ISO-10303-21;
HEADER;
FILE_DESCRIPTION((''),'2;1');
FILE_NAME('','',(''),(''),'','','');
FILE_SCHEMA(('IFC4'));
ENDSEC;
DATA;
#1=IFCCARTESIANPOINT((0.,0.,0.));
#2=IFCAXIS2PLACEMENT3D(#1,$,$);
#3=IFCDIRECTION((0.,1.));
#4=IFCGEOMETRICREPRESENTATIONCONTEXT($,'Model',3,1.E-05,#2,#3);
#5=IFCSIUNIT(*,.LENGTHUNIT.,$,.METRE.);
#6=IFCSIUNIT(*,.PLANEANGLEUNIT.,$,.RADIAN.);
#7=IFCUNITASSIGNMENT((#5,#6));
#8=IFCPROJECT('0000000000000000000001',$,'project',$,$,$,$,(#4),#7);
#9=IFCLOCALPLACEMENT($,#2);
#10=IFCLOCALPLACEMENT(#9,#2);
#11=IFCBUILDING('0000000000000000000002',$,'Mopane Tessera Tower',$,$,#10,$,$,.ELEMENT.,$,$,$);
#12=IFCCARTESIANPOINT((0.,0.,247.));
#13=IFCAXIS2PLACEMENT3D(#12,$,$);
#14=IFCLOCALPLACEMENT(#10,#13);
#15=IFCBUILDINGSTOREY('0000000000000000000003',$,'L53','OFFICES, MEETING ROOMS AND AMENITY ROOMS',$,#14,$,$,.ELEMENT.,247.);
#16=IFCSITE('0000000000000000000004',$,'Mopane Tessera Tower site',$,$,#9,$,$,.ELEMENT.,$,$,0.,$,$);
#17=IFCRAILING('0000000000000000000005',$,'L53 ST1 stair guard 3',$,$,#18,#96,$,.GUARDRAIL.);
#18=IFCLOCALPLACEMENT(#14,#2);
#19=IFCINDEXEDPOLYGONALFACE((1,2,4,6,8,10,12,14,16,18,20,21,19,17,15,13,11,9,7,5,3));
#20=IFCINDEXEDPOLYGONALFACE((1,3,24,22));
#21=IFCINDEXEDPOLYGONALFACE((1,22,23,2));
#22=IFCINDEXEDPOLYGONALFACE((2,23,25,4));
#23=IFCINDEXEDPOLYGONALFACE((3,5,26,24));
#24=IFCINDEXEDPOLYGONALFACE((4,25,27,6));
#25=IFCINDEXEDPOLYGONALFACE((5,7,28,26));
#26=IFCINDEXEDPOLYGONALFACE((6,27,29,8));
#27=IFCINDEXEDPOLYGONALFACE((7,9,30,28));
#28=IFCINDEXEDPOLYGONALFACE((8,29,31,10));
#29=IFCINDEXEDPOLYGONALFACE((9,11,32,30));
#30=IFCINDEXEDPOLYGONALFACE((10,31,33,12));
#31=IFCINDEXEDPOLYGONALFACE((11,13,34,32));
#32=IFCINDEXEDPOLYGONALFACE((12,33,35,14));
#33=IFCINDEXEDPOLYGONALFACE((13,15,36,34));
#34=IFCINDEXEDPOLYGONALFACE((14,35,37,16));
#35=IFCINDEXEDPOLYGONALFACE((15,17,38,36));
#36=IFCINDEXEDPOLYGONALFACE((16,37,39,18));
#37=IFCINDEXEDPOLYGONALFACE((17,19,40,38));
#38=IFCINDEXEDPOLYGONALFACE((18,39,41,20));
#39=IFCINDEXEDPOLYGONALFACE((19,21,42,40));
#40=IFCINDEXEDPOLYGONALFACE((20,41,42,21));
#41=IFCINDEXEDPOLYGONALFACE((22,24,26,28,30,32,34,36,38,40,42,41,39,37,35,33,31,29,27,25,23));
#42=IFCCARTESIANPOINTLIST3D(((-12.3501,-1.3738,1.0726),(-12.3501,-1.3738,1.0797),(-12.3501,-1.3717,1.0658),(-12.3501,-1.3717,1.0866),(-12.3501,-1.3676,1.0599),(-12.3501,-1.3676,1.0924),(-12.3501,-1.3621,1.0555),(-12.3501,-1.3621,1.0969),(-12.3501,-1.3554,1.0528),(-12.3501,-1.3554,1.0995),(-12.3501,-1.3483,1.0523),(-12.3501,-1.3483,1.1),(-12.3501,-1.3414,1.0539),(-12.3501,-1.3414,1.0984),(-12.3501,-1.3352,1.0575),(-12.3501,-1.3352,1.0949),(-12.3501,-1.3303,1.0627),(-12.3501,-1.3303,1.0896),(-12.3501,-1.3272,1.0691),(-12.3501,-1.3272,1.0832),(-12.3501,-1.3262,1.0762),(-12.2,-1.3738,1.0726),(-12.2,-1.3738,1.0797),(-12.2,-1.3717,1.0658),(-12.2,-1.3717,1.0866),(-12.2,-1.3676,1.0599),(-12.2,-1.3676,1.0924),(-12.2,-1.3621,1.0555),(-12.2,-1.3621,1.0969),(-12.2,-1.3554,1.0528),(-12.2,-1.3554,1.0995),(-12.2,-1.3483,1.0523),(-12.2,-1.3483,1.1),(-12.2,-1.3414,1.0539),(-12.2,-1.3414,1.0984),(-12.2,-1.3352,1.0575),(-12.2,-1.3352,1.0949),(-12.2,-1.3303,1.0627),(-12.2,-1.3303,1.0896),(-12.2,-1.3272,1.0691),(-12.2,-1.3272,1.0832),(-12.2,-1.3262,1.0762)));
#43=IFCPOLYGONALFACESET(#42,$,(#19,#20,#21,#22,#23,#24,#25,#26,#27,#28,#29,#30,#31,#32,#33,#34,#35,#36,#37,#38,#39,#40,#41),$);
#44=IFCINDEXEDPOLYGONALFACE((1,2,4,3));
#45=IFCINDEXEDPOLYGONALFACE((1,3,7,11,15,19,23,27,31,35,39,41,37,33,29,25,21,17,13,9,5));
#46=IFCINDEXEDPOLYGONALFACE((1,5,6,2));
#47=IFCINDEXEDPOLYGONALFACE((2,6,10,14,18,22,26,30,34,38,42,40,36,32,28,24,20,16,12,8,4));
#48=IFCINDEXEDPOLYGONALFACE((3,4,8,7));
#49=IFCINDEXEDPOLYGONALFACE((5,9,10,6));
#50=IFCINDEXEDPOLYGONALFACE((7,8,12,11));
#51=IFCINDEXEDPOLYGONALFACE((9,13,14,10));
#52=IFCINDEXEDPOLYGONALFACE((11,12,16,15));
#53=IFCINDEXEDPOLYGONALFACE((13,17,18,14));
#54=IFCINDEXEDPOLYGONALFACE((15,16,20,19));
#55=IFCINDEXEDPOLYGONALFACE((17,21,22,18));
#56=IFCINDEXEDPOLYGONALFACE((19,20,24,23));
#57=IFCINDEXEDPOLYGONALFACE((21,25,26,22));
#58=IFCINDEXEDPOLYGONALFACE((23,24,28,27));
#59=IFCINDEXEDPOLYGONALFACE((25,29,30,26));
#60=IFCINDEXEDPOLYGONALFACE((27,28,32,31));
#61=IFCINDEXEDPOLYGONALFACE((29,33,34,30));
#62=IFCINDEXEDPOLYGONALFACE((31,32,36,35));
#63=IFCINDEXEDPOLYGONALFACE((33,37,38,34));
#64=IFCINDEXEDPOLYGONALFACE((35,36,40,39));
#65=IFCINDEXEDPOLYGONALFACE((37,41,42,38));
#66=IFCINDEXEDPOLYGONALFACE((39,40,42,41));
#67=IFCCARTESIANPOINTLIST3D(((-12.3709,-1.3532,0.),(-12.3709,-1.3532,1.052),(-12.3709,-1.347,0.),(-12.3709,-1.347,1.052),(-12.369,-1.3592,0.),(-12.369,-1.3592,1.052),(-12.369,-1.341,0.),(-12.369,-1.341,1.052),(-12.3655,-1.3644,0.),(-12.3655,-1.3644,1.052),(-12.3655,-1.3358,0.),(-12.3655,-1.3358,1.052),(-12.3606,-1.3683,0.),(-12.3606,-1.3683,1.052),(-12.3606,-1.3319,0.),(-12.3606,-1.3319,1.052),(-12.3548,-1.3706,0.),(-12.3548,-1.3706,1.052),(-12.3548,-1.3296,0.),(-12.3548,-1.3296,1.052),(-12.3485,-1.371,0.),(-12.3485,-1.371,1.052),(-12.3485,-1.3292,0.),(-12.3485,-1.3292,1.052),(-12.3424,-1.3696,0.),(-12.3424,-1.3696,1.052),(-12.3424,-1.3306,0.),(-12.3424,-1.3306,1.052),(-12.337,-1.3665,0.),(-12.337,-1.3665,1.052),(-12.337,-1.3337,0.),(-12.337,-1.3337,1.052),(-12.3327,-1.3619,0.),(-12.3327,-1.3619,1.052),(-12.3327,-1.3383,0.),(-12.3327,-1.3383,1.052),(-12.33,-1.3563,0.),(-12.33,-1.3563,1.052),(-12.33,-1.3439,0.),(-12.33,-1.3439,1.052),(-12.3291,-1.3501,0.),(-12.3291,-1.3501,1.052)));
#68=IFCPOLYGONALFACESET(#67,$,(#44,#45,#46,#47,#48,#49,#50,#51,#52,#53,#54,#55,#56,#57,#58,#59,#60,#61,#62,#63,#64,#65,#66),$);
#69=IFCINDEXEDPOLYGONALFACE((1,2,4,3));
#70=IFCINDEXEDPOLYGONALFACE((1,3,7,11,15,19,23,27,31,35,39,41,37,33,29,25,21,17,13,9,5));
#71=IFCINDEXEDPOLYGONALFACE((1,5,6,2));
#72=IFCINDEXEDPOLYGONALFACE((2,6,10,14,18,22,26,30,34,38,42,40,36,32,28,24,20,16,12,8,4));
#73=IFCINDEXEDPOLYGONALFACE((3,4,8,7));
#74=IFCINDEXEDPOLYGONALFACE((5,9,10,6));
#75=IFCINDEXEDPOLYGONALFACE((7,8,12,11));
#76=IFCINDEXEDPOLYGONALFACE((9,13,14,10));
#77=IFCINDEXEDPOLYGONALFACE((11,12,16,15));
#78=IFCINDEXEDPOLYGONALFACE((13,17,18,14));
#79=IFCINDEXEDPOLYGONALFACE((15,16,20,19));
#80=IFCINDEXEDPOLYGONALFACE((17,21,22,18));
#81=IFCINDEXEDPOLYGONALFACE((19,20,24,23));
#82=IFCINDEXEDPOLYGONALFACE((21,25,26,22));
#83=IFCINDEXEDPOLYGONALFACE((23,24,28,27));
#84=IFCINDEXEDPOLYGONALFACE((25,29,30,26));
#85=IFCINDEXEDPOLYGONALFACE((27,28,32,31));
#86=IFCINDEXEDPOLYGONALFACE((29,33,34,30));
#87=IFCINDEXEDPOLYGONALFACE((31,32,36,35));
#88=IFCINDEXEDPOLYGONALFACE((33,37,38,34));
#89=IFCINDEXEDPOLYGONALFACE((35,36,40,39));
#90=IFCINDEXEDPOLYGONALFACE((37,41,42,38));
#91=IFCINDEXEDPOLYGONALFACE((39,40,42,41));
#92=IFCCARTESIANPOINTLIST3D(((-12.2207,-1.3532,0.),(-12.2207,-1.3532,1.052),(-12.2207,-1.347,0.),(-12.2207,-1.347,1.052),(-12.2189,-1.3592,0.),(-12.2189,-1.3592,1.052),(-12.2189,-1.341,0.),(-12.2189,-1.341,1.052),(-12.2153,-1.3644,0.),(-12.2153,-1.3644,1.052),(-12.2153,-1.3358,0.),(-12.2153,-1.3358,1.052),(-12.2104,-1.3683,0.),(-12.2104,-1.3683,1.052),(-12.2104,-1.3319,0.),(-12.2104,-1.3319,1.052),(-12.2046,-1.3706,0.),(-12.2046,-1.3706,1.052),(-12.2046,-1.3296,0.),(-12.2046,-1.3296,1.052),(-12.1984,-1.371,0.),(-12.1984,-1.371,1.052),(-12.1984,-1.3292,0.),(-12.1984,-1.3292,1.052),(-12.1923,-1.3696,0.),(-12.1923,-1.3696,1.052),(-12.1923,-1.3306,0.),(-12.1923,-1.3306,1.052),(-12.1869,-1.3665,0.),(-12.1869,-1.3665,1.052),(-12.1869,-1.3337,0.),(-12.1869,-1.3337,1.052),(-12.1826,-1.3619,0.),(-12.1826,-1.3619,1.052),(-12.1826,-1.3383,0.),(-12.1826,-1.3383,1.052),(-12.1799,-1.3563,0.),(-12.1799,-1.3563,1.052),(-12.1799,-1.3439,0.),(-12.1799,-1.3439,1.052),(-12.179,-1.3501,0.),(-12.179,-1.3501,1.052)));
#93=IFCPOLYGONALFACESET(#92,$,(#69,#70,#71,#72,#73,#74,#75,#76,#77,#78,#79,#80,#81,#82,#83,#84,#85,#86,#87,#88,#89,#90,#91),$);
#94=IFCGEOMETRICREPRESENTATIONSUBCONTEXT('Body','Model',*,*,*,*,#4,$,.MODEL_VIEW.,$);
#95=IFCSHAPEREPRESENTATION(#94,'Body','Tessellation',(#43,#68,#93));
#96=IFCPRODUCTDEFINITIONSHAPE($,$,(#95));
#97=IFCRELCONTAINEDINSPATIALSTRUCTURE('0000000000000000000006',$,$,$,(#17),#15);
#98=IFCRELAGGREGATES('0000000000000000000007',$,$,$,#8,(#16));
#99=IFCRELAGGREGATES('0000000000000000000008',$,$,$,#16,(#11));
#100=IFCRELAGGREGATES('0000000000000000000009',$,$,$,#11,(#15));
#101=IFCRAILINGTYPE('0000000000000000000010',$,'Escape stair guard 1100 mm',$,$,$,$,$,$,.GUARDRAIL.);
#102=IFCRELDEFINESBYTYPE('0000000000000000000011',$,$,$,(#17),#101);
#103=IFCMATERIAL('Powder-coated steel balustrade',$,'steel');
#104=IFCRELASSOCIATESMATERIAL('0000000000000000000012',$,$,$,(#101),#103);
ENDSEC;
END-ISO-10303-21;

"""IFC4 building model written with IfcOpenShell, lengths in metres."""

from ifc_helpers import new_model, si_unit, direction, frame, origin, origin_2d, place, context, subcontext, project, spatial, circle, extrude, material, type_object, element, save


model = new_model("IFC4")

# Units and contexts
model_context = context("Model", 3, precision=1e-05, world=origin(), true_north=direction((0.0, 1.0)))
body_context = subcontext(model_context, "Body", "Model", "MODEL_VIEW")
ifc_project = project(units=[si_unit("LENGTHUNIT", "METRE"), si_unit("PLANEANGLEUNIT", "RADIAN")], contexts=[model_context])

# Site, building, storey
site_placement = place(None, origin())
site = spatial("IfcSite", under=ifc_project, at=site_placement, Name="Mopane Tessera Tower site", CompositionType="ELEMENT", RefElevation=0.0)
building_placement = place(site_placement, origin())
building = spatial("IfcBuilding", under=site, at=building_placement, Name="Mopane Tessera Tower", CompositionType="ELEMENT")
storey_placement = place(building_placement, frame((0.0, 0.0, 247.0)))
storey = spatial("IfcBuildingStorey", under=building, at=storey_placement, Name="L53", Description="OFFICES, MEETING ROOMS AND AMENITY ROOMS", CompositionType="ELEMENT", Elevation=247.0)

# Railing
ifc_material_1 = material(Name="Powder-coated steel balustrade", Category="steel")
railing_type_1 = type_object("IfcRailingType", Name="Escape stair guard 1100 mm", PredefinedType="GUARDRAIL", material=ifc_material_1)
railing_1_placement = place(storey_placement, frame((-12.3501, -1.3501, 0.0)))
element("IfcRailing", 1, at=railing_1_placement, inside=storey, type_object=railing_type_1, Name="L53 ST1 stair guard 3", PredefinedType="GUARDRAIL", context=body_context, shape_type="SweptSolid", body=[
    extrude(circle(Radius=0.0239, at=origin_2d()), frame((0.0, 0.0, 1.0762), z_axis=(1.0, 0.0, 0.0), x_axis=(0.0, 1.0, 0.0)), (0.0, 0.0, 1.0), 0.1501),
    extrude(circle(Radius=0.021, at=origin_2d()), origin(), (0.0, 0.0, 1.0), 1.052),
    extrude(circle(Radius=0.021, at=origin_2d()), frame((0.1501, 0.0, 0.0)), (0.0, 0.0, 1.0), 1.052),
])

save(model, "model.ifc")
